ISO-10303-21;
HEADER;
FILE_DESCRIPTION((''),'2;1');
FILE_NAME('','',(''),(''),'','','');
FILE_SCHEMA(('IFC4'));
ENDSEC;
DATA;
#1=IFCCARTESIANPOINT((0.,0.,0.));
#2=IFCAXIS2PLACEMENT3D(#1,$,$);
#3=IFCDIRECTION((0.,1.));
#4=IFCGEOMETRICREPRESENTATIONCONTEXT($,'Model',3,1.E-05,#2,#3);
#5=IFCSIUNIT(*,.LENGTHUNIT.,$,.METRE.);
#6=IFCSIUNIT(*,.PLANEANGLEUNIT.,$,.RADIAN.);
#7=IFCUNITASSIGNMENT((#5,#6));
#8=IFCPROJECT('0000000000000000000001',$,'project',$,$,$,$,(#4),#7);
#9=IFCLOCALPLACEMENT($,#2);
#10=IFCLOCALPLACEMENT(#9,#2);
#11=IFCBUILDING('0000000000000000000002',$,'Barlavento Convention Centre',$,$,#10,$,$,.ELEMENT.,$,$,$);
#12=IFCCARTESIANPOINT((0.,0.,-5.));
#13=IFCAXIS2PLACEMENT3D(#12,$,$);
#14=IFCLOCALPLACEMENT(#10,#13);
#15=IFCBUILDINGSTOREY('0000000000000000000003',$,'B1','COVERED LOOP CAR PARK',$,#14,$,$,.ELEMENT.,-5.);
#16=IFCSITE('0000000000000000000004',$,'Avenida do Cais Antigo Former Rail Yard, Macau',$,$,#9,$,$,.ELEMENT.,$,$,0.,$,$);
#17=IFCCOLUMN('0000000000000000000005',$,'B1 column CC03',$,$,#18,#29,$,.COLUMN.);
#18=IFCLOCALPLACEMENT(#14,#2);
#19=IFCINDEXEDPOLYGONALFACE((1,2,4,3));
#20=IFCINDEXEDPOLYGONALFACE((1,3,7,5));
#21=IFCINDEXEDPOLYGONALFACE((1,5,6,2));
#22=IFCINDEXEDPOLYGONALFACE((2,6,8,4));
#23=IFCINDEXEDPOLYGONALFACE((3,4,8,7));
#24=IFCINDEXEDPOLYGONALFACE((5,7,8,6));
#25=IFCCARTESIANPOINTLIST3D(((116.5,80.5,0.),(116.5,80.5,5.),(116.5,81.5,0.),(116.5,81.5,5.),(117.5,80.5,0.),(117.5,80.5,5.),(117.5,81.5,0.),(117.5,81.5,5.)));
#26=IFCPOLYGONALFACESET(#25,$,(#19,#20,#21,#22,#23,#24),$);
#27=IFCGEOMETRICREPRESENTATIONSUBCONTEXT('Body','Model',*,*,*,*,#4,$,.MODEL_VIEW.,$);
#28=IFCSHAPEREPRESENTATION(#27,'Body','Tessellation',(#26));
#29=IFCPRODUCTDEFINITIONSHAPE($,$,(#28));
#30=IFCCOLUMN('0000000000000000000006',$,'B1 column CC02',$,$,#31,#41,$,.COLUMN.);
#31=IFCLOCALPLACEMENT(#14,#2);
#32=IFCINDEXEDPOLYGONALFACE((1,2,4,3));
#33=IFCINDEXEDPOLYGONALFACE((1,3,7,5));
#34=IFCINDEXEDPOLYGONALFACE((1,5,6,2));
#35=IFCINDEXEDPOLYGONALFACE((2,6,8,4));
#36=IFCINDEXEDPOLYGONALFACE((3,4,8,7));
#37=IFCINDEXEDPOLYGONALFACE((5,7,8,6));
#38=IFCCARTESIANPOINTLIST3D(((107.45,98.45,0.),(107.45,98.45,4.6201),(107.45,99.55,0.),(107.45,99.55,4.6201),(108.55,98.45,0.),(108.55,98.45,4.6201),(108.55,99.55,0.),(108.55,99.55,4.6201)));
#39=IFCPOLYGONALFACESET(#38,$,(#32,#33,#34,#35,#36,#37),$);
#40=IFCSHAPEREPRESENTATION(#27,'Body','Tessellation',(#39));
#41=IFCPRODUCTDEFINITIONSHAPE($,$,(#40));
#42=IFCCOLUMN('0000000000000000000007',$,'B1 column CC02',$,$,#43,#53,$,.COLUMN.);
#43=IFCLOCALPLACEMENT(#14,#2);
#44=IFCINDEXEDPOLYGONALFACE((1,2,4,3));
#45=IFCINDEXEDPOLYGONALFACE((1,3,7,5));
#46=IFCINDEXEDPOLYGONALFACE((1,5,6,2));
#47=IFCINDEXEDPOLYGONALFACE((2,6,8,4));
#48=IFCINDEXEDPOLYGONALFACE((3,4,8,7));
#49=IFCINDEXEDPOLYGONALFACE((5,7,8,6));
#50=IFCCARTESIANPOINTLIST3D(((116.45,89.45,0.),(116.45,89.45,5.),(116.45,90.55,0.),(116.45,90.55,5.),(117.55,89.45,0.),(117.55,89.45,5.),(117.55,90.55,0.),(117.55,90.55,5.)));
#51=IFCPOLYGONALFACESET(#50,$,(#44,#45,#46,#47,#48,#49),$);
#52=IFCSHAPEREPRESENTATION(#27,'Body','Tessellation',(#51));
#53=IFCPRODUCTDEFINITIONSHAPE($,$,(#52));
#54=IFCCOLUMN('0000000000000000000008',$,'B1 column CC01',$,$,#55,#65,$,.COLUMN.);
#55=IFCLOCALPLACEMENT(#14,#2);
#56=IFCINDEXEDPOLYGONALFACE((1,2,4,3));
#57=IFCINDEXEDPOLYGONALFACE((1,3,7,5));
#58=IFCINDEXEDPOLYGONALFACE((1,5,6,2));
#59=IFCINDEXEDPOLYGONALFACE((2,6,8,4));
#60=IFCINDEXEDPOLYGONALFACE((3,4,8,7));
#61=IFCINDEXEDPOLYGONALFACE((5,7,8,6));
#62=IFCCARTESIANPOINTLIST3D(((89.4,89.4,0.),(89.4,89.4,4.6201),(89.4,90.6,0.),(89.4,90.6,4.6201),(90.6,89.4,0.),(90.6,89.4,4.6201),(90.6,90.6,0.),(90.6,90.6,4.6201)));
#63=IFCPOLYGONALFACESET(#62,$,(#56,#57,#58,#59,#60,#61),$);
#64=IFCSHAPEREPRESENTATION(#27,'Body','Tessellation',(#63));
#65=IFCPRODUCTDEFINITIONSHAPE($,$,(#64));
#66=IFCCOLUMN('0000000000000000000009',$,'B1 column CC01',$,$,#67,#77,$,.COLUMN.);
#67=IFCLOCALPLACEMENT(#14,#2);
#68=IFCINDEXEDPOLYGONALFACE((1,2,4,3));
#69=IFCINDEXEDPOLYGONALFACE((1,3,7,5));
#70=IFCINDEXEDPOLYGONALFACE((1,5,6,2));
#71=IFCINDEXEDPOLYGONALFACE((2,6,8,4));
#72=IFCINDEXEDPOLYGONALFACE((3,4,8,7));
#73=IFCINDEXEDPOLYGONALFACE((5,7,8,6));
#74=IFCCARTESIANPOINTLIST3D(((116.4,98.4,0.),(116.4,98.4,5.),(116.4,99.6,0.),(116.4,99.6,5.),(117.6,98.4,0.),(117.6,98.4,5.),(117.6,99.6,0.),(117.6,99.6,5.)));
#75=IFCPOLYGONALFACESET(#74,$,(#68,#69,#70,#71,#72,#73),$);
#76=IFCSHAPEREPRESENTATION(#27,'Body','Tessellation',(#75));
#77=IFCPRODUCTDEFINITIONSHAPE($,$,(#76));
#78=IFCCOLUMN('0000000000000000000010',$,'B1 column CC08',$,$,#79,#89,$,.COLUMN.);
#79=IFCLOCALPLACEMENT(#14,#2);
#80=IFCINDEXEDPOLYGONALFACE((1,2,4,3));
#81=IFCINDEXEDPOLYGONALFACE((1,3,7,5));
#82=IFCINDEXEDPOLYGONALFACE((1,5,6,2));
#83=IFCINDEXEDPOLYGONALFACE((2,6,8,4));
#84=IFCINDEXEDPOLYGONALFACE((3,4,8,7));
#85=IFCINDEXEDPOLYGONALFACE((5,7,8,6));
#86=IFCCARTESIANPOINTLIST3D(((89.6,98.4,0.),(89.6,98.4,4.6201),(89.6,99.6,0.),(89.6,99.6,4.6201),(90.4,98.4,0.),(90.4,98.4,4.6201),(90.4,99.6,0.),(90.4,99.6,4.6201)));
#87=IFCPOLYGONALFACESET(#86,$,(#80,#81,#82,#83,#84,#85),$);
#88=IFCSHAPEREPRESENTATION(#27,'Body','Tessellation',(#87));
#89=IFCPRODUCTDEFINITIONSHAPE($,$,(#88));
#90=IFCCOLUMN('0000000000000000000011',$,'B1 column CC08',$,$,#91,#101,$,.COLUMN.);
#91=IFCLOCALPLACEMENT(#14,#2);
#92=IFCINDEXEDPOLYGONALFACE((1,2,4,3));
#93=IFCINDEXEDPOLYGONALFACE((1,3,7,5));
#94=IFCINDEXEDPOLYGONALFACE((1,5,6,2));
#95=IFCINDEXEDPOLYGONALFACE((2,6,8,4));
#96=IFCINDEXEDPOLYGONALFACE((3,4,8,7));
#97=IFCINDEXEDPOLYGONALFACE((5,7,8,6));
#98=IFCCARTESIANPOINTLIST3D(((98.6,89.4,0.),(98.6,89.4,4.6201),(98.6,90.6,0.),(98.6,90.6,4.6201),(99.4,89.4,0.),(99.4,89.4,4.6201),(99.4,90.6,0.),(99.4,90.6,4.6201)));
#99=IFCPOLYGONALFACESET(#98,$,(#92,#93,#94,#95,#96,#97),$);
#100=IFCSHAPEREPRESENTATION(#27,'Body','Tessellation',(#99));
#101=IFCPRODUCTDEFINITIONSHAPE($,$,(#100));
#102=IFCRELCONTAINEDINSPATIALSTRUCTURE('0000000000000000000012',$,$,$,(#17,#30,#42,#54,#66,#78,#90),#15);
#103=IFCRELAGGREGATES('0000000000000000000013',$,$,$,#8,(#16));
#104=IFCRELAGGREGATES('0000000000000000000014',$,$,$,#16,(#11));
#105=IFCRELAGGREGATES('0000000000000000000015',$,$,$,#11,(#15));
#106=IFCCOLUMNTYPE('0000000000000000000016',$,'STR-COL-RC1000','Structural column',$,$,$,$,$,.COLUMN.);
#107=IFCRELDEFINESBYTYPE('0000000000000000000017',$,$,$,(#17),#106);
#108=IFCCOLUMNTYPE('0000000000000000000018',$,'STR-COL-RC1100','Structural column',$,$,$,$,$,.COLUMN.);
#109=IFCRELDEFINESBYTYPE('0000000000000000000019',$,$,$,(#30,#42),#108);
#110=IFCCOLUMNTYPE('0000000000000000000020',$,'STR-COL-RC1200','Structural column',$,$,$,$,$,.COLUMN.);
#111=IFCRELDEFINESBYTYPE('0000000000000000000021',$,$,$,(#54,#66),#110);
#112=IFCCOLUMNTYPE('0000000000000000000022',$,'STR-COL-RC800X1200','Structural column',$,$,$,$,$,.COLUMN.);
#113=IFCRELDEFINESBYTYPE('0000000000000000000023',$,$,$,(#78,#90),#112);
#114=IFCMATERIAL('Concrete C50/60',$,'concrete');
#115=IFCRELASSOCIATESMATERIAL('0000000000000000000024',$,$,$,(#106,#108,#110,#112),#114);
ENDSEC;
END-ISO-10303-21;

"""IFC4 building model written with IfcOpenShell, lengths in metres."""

from ifc_helpers import new_model, si_unit, direction, frame, origin, origin_2d, place, context, subcontext, project, spatial, rectangle, extrude, material, material_profile, profile_set, type_object, element, save


model = new_model("IFC4")

# Units and contexts
model_context = context("Model", 3, precision=1e-05, world=origin(), true_north=direction((0.0, 1.0)))
body_context = subcontext(model_context, "Body", "Model", "MODEL_VIEW")
ifc_project = project(units=[si_unit("LENGTHUNIT", "METRE"), si_unit("PLANEANGLEUNIT", "RADIAN")], contexts=[model_context])

# Site, building, storey
site_placement = place(None, origin())
site = spatial("IfcSite", under=ifc_project, at=site_placement, Name="Avenida do Cais Antigo Former Rail Yard, Macau", CompositionType="ELEMENT", RefElevation=0.0)
building_placement = place(site_placement, origin())
building = spatial("IfcBuilding", under=site, at=building_placement, Name="Barlavento Convention Centre", CompositionType="ELEMENT")
storey_placement = place(building_placement, frame((0.0, 0.0, -5.0)))
storey = spatial("IfcBuildingStorey", under=building, at=storey_placement, Name="B1", Description="COVERED LOOP CAR PARK", CompositionType="ELEMENT", Elevation=-5.0)

# Columns
ifc_material_1 = material(Name="Concrete C50/60", Category="concrete")
ifc_material_profile_1 = material_profile(ifc_material_1, rectangle(XDim=1.0, YDim=1.0, at=origin_2d()), Name="RC 1000x1000")
ifc_profile_set_1 = profile_set([ifc_material_profile_1], Name="Concrete C50/60")
column_type_1 = type_object("IfcColumnType", Name="STR-COL-RC1000", Description="Structural column", PredefinedType="COLUMN", material=ifc_profile_set_1)
column_1_placement = place(storey_placement, frame((117.0, 81.0, 0.0), z_axis=(0.0, 0.0, 1.0), x_axis=(1.0, 0.0, 0.0)))
element("IfcColumn", 1, at=column_1_placement, inside=storey, type_object=column_type_1, Name="B1 column CC03", PredefinedType="COLUMN", context=body_context, shape_type="SweptSolid", body=[
    extrude(rectangle(XDim=1.0, YDim=1.0, at=origin_2d()), origin(), (0.0, 0.0, 1.0), 5.0),
])
ifc_material_profile_2 = material_profile(ifc_material_1, rectangle(XDim=1.1001, YDim=1.1001, at=origin_2d()), Name="RC 1100x1100")
ifc_profile_set_2 = profile_set([ifc_material_profile_2], Name="Concrete C50/60")
column_type_2 = type_object("IfcColumnType", Name="STR-COL-RC1100", Description="Structural column", PredefinedType="COLUMN", material=ifc_profile_set_2)
column_2_placement = place(storey_placement, frame((108.0, 99.0, 0.0), z_axis=(0.0, 0.0, 1.0), x_axis=(1.0, 0.0, 0.0)))
element("IfcColumn", 2, at=column_2_placement, inside=storey, type_object=column_type_2, Name="B1 column CC02", PredefinedType="COLUMN", context=body_context, shape_type="SweptSolid", body=[
    extrude(rectangle(XDim=1.1001, YDim=1.1001, at=origin_2d()), origin(), (0.0, 0.0, 1.0), 4.6201),
])
column_3_placement = place(storey_placement, frame((117.0, 90.0, 0.0), z_axis=(0.0, 0.0, 1.0), x_axis=(1.0, 0.0, 0.0)))
element("IfcColumn", 3, at=column_3_placement, inside=storey, type_object=column_type_2, Name="B1 column CC02", PredefinedType="COLUMN", context=body_context, shape_type="SweptSolid", body=[
    extrude(rectangle(XDim=1.1001, YDim=1.1001, at=origin_2d()), origin(), (0.0, 0.0, 1.0), 5.0),
])
ifc_material_profile_3 = material_profile(ifc_material_1, rectangle(XDim=1.2, YDim=1.2, at=origin_2d()), Name="RC 1200x1200")
ifc_profile_set_3 = profile_set([ifc_material_profile_3], Name="Concrete C50/60")
column_type_3 = type_object("IfcColumnType", Name="STR-COL-RC1200", Description="Structural column", PredefinedType="COLUMN", material=ifc_profile_set_3)
column_4_placement = place(storey_placement, frame((90.0, 90.0, 0.0), z_axis=(0.0, 0.0, 1.0), x_axis=(1.0, 0.0, 0.0)))
element("IfcColumn", 4, at=column_4_placement, inside=storey, type_object=column_type_3, Name="B1 column CC01", PredefinedType="COLUMN", context=body_context, shape_type="SweptSolid", body=[
    extrude(rectangle(XDim=1.2, YDim=1.2, at=origin_2d()), origin(), (0.0, 0.0, 1.0), 4.6201),
])
column_5_placement = place(storey_placement, frame((117.0, 99.0, 0.0), z_axis=(0.0, 0.0, 1.0), x_axis=(1.0, 0.0, 0.0)))
element("IfcColumn", 5, at=column_5_placement, inside=storey, type_object=column_type_3, Name="B1 column CC01", PredefinedType="COLUMN", context=body_context, shape_type="SweptSolid", body=[
    extrude(rectangle(XDim=1.2, YDim=1.2, at=origin_2d()), origin(), (0.0, 0.0, 1.0), 5.0),
])
ifc_material_profile_4 = material_profile(ifc_material_1, rectangle(XDim=0.8, YDim=1.2, at=origin_2d()), Name="RC 800x1200")
ifc_profile_set_4 = profile_set([ifc_material_profile_4], Name="Concrete C50/60")
column_type_4 = type_object("IfcColumnType", Name="STR-COL-RC800X1200", Description="Structural column", PredefinedType="COLUMN", material=ifc_profile_set_4)
for number, where, z_axis, x_axis, name in (
    (6, (90.0, 99.0, 0.0), (0.0, 0.0, 1.0), (1.0, 0.0, 0.0), "B1 column CC08"),
    (7, (99.0, 90.0, 0.0), (0.0, 0.0, 1.0), (1.0, 0.0, 0.0), "B1 column CC08"),
):
    element("IfcColumn", number, at=place(storey_placement, frame(where, z_axis=z_axis, x_axis=x_axis)), inside=storey, type_object=column_type_4, Name=name, PredefinedType="COLUMN", context=body_context, shape_type="SweptSolid", body=[
        extrude(rectangle(XDim=0.8, YDim=1.2, at=origin_2d()), origin(), (0.0, 0.0, 1.0), 4.6201),
    ])

save(model, "model.ifc")
